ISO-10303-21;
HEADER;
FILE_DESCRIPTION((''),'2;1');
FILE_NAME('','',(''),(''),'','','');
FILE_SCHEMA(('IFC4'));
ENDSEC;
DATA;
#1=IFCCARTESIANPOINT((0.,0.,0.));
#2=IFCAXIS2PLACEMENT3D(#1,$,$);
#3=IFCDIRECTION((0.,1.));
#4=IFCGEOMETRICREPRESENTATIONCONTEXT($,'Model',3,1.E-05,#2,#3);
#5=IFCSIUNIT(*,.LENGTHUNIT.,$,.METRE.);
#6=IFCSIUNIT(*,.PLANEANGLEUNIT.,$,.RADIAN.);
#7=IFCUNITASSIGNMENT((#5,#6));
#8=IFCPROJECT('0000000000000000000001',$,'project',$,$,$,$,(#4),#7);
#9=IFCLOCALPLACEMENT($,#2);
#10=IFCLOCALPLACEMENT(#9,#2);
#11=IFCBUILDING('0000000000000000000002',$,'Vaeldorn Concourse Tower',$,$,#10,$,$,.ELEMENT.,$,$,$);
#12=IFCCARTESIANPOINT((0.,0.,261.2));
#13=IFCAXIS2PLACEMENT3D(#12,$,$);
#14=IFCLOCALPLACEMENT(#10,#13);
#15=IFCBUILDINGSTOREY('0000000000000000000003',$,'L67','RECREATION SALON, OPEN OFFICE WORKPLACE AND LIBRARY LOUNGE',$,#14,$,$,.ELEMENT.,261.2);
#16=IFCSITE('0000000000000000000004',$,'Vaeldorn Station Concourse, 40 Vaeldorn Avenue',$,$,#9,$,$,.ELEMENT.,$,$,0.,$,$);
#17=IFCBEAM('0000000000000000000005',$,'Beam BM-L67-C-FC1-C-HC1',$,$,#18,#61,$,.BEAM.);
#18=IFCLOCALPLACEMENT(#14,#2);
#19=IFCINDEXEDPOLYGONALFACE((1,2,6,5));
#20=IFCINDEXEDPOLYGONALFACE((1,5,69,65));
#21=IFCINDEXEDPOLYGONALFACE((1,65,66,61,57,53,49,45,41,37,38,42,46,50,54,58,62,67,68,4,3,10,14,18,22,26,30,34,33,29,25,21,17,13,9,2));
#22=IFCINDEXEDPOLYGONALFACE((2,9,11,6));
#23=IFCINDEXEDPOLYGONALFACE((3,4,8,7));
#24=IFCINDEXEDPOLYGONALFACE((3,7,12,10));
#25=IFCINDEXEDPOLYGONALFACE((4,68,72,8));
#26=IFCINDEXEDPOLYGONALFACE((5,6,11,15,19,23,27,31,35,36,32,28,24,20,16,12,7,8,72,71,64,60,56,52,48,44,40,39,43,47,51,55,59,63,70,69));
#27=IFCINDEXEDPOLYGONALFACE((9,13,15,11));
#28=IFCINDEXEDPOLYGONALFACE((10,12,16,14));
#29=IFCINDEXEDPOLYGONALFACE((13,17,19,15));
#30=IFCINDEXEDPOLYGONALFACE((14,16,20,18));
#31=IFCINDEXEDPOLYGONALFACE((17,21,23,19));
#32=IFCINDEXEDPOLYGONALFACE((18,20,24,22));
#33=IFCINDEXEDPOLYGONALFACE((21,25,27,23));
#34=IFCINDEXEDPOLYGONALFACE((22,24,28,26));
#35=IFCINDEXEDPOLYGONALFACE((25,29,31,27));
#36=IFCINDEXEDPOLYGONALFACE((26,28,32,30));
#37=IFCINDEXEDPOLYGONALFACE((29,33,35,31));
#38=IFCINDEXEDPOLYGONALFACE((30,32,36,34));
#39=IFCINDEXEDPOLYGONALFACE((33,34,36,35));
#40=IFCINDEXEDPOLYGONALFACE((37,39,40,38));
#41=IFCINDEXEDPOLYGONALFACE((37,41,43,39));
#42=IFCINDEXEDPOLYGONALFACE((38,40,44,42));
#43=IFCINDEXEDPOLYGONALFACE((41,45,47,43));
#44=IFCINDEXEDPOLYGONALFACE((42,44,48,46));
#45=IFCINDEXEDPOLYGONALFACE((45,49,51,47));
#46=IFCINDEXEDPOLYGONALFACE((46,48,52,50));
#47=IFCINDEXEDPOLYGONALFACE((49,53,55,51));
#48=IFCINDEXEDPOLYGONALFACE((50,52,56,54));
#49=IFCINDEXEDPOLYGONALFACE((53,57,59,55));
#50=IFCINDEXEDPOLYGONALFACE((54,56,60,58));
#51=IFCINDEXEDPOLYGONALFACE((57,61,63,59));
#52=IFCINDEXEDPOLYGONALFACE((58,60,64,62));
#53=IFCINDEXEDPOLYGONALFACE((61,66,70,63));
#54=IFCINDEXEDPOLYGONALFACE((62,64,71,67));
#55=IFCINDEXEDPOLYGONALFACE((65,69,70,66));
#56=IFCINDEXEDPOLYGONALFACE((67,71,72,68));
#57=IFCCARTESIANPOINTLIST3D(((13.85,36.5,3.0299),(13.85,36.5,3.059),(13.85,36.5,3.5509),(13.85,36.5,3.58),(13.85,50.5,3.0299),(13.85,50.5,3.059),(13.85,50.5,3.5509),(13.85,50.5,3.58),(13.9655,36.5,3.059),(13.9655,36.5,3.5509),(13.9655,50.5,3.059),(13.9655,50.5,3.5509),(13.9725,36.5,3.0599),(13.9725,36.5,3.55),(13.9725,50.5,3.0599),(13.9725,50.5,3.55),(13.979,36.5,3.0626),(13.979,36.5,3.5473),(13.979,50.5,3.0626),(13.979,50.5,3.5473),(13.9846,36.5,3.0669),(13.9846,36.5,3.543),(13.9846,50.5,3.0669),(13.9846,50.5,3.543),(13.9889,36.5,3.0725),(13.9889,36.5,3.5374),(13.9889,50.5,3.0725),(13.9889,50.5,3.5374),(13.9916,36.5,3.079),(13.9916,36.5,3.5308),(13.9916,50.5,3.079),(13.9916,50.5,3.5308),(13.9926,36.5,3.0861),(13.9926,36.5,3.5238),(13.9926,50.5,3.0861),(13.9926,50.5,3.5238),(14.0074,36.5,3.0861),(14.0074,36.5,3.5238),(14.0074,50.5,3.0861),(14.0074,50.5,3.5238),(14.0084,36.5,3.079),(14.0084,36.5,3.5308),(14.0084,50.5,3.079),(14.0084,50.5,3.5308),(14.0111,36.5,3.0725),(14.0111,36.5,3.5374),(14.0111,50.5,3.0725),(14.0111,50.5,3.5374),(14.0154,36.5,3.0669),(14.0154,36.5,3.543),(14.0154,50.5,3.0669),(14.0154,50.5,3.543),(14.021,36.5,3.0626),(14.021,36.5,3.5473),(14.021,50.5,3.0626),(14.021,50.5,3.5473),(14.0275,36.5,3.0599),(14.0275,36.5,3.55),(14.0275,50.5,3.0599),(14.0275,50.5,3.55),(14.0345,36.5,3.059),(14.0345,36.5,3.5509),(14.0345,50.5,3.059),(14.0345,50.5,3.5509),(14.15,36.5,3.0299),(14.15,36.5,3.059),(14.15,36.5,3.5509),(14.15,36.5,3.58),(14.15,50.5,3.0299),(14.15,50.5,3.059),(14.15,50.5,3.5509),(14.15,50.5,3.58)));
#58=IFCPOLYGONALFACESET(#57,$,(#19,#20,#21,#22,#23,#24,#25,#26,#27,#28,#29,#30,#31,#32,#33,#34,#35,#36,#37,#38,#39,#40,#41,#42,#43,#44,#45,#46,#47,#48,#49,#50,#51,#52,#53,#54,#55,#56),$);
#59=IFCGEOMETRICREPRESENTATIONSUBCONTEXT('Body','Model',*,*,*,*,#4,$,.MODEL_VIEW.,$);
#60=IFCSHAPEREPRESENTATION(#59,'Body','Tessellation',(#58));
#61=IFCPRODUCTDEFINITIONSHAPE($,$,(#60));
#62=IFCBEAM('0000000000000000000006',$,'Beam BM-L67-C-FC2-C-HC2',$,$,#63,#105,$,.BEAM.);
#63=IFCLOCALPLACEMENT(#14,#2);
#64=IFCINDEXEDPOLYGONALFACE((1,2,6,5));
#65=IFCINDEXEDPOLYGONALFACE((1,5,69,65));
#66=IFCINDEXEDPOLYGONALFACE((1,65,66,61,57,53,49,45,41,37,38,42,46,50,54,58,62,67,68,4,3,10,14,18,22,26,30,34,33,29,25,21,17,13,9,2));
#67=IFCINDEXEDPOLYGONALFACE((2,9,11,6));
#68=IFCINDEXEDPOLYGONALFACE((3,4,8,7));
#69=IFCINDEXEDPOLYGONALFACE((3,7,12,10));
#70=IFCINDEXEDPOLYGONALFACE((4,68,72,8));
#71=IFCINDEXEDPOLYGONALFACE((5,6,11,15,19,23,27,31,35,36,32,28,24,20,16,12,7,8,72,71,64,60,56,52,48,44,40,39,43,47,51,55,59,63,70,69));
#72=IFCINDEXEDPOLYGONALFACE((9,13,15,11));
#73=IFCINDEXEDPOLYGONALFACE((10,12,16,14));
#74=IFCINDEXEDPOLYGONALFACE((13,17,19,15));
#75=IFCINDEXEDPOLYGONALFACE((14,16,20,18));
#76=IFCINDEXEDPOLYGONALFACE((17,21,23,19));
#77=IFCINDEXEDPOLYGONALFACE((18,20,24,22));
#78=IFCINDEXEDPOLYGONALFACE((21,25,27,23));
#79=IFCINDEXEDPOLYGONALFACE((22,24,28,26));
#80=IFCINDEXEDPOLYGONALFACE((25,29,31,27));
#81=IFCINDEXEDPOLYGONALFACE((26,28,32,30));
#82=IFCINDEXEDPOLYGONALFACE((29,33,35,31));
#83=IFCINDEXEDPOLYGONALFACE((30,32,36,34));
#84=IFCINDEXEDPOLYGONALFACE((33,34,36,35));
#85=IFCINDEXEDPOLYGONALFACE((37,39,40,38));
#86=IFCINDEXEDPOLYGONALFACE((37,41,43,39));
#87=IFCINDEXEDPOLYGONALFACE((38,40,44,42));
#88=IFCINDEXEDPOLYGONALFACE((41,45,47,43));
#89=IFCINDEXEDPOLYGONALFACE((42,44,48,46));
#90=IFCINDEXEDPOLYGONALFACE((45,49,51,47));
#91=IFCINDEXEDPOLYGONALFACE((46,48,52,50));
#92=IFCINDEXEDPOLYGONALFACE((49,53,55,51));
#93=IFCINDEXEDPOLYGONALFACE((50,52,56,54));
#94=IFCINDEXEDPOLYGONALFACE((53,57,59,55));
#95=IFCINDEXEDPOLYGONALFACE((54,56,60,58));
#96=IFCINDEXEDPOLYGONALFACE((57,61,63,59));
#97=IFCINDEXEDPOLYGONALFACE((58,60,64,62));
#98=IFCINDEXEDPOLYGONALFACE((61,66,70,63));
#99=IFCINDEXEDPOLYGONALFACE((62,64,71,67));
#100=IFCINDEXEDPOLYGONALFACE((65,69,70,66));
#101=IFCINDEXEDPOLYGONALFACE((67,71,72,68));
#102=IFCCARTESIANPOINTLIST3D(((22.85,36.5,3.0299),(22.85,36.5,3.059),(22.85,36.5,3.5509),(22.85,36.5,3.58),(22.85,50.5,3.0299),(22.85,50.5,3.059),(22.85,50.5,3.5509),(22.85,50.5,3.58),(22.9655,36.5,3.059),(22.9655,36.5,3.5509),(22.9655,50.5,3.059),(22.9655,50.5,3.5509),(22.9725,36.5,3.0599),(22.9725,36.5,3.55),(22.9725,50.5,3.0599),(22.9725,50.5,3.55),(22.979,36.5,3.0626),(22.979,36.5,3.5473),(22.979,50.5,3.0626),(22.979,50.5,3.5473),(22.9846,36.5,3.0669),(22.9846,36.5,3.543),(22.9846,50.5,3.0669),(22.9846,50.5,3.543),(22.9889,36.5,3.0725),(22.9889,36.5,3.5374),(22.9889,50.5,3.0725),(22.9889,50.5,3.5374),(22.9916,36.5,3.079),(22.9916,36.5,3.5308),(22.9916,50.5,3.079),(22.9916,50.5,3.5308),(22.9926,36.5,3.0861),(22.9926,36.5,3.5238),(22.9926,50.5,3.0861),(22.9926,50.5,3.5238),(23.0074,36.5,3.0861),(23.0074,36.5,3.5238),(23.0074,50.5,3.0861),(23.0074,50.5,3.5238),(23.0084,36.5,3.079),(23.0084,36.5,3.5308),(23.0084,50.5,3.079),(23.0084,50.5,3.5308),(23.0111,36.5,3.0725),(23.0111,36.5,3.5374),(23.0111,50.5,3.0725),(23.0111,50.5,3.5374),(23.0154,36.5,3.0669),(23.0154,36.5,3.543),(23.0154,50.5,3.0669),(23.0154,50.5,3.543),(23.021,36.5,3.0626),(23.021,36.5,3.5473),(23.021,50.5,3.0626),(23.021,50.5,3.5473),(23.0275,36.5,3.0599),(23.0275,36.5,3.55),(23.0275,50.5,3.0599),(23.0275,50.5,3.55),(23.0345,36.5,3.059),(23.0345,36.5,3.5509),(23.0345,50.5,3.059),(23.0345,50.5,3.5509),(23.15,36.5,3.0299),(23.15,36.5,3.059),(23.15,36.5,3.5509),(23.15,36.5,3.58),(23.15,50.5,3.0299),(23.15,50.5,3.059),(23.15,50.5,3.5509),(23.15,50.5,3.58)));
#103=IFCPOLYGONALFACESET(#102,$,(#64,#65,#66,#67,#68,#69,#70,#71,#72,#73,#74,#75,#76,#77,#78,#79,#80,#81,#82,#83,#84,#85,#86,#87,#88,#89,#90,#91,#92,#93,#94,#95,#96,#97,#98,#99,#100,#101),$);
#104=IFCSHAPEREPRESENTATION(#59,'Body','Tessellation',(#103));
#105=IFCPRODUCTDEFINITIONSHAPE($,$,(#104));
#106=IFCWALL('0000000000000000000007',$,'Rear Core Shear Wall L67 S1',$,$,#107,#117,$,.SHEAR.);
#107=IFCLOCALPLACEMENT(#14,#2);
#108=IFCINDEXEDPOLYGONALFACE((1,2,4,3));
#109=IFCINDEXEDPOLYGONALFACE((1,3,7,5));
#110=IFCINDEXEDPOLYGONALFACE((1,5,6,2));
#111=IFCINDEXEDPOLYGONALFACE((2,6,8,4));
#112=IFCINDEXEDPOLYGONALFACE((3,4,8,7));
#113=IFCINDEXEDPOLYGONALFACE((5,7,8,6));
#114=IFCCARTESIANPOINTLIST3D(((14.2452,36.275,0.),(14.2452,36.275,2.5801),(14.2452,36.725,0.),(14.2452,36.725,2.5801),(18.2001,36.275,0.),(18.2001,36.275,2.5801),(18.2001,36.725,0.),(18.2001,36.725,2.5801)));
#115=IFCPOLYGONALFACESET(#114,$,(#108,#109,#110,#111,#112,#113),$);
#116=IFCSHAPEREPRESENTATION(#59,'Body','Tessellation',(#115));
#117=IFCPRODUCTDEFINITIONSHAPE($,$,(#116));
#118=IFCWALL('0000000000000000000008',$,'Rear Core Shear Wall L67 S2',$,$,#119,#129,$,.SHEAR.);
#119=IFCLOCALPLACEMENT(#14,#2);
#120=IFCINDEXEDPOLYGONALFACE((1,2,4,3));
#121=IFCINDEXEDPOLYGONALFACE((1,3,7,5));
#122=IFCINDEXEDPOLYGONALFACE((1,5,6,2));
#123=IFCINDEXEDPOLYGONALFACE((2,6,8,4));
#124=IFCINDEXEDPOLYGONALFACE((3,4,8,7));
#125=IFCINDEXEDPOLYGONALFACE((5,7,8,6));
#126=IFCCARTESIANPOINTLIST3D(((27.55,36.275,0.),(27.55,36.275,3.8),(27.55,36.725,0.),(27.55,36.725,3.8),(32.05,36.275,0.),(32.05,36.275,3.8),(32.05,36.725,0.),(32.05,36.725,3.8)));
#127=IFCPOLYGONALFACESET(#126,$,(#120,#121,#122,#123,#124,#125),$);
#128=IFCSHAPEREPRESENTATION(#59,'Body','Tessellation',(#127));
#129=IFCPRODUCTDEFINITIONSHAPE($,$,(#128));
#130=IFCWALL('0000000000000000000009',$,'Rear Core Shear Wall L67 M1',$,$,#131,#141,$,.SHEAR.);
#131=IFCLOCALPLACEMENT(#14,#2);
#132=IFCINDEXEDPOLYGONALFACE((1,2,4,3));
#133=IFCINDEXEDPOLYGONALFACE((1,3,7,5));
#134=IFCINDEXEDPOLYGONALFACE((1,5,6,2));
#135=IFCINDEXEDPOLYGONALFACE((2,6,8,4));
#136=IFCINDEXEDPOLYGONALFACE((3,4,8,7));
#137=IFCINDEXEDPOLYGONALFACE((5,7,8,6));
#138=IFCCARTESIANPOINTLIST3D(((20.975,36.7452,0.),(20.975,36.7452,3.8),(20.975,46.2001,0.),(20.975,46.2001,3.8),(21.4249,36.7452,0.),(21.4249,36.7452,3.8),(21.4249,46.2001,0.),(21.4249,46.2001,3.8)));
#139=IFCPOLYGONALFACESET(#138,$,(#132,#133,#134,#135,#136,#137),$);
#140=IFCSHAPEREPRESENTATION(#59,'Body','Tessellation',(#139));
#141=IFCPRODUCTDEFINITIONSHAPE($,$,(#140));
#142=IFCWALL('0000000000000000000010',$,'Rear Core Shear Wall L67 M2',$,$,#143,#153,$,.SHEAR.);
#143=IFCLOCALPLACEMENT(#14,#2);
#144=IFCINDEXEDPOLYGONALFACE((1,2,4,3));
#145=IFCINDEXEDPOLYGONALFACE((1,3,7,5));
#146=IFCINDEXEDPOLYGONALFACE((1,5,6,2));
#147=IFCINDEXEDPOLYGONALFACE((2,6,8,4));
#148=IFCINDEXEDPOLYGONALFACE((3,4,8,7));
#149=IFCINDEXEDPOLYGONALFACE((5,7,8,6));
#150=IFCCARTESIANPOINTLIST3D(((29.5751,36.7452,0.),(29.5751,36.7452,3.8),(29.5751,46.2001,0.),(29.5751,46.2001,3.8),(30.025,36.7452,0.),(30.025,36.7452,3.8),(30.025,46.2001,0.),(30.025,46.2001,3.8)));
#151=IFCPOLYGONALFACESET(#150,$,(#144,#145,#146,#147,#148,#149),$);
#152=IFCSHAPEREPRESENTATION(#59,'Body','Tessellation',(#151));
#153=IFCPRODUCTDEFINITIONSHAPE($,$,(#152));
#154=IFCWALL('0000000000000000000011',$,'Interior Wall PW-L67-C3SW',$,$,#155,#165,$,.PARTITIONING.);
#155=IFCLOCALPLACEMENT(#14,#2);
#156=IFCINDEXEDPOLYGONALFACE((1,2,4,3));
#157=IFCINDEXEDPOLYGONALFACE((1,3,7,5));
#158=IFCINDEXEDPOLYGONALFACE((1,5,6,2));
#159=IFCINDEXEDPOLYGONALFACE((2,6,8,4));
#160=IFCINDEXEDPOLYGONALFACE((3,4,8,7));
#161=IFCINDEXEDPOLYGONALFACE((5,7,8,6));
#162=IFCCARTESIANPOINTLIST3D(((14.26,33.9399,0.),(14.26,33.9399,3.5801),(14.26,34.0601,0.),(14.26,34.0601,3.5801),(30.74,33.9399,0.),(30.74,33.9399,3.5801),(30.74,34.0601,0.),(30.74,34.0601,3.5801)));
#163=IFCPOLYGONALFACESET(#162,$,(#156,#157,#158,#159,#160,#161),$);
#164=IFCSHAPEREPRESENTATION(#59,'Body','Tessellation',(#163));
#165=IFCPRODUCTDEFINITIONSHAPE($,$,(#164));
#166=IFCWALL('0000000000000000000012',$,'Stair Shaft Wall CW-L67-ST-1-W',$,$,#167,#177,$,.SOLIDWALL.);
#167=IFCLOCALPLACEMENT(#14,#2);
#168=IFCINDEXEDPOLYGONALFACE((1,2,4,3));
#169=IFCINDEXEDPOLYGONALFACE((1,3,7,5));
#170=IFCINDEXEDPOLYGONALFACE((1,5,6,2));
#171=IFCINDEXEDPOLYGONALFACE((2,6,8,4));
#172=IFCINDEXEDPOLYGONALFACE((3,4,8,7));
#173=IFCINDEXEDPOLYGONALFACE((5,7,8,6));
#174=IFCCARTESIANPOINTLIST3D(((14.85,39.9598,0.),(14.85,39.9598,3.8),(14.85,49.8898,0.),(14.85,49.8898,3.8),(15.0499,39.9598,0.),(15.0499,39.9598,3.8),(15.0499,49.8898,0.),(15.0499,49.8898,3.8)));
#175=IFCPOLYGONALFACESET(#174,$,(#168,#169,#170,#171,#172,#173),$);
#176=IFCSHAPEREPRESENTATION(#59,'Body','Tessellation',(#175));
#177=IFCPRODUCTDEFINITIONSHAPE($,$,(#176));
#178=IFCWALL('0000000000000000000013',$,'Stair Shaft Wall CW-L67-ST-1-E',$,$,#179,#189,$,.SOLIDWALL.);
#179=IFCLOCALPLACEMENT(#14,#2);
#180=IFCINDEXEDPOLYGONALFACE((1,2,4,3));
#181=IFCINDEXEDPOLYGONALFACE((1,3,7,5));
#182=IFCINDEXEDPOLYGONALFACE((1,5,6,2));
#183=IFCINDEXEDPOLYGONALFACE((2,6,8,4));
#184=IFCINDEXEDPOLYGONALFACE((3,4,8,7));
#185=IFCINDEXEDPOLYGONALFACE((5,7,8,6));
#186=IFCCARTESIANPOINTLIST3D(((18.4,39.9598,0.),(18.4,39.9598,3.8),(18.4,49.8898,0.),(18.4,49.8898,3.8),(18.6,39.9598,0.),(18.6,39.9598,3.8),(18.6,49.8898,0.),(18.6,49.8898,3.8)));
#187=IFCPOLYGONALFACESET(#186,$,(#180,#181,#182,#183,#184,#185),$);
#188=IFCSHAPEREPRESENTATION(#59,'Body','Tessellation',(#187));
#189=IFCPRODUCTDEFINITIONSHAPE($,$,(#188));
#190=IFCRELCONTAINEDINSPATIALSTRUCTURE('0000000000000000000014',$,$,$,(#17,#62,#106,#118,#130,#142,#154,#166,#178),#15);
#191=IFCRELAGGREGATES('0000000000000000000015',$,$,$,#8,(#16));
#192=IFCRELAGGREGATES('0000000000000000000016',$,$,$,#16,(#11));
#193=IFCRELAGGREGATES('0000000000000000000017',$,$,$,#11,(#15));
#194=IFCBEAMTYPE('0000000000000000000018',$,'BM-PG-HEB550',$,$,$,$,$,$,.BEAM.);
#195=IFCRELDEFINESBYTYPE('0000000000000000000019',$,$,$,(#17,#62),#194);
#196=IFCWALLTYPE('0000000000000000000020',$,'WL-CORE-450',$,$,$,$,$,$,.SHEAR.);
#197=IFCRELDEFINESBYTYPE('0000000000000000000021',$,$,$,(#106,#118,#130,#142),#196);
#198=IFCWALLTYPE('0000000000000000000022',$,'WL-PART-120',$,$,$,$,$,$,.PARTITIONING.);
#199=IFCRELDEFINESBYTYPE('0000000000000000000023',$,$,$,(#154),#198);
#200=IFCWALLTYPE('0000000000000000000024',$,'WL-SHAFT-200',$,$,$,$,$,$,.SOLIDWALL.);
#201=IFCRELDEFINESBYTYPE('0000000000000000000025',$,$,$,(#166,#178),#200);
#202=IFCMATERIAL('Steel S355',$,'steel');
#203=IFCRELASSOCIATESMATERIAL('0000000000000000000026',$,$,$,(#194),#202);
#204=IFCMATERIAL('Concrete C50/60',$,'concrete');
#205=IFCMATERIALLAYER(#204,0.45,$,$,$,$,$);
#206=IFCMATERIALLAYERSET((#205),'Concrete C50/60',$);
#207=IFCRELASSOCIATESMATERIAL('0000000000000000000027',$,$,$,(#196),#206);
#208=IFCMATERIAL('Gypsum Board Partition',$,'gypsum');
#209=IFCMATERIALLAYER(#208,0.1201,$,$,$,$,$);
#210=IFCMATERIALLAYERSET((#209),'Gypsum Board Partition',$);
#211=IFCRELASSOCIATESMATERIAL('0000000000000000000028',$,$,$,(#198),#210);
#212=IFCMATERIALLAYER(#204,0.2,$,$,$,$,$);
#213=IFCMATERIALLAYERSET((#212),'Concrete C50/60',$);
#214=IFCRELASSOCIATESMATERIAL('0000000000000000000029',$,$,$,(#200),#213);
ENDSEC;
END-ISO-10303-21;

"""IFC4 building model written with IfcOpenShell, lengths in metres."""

from ifc_helpers import new_model, si_unit, direction, frame, frame_2d, origin, origin_2d, place, context, subcontext, project, spatial, rectangle, i_section, extrude, source, transform, mapped, material, layer, layer_set, material_profile, profile_set, type_object, element, save


model = new_model("IFC4")

# Units and contexts
model_context = context("Model", 3, precision=1e-05, world=origin(), true_north=direction((0.0, 1.0)))
body_context = subcontext(model_context, "Body", "Model", "MODEL_VIEW")
ifc_project = project(units=[si_unit("LENGTHUNIT", "METRE"), si_unit("PLANEANGLEUNIT", "RADIAN")], contexts=[model_context])

# Site, building, storey
site_placement = place(None, origin())
site = spatial("IfcSite", under=ifc_project, at=site_placement, Name="Vaeldorn Station Concourse, 40 Vaeldorn Avenue", CompositionType="ELEMENT", RefElevation=0.0)
building_placement = place(site_placement, origin())
building = spatial("IfcBuilding", under=site, at=building_placement, Name="Vaeldorn Concourse Tower", CompositionType="ELEMENT")
storey_placement = place(building_placement, frame((0.0, 0.0, 261.2)))
storey = spatial("IfcBuildingStorey", under=building, at=storey_placement, Name="L67", Description="RECREATION SALON, OPEN OFFICE WORKPLACE AND LIBRARY LOUNGE", CompositionType="ELEMENT", Elevation=261.2)

# Beams
ifc_material_1 = material(Name="Steel S355", Category="steel")
ifc_material_profile_1 = material_profile(ifc_material_1, i_section(OverallWidth=0.3, OverallDepth=0.55, WebThickness=0.0149, FlangeThickness=0.0291, FilletRadius=0.0271, at=origin_2d()), Name="HEB 550")
ifc_profile_set_1 = profile_set([ifc_material_profile_1], Name="Steel S355")
beam_type_1 = type_object("IfcBeamType", Name="BM-PG-HEB550", PredefinedType="BEAM", material=ifc_profile_set_1)
shared_shape_1 = source(origin(), body_context, "Body", "SweptSolid", [
    extrude(i_section(OverallWidth=0.3, OverallDepth=0.55, WebThickness=0.0149, FlangeThickness=0.0291, FilletRadius=0.0271, at=origin_2d()), origin(), (0.0, 0.0, 1.0), 14.0),
])
for number, where, z_axis, x_axis, name in (
    (1, (14.0, 36.5, 3.3049), (0.0, 1.0, 0.0), (-1.0, 0.0, 0.0), "Beam BM-L67-C-FC1-C-HC1"),
    (2, (23.0, 36.5, 3.3049), (0.0, 1.0, 0.0), (-1.0, 0.0, 0.0), "Beam BM-L67-C-FC2-C-HC2"),
):
    element("IfcBeam", number, at=place(storey_placement, frame(where, z_axis=z_axis, x_axis=x_axis)), inside=storey, type_object=beam_type_1, Name=name, PredefinedType="BEAM", context=body_context, shape_type="MappedRepresentation", body=[
        mapped(shared_shape_1, transform((0.0, 0.0, 0.0), scale=1.0)),
    ])

# Walls
ifc_material_2 = material(Name="Concrete C50/60", Category="concrete")
ifc_layer_1 = layer(ifc_material_2, 0.45)
ifc_layer_set_1 = layer_set([ifc_layer_1], Name="Concrete C50/60")
wall_type_1 = type_object("IfcWallType", Name="WL-CORE-450", PredefinedType="SHEAR", material=ifc_layer_set_1)
wall_1_placement = place(storey_placement, frame((14.2451, 36.5, 0.0), z_axis=(0.0, 0.0, 1.0), x_axis=(1.0, 0.0, 0.0)))
element("IfcWall", 3, at=wall_1_placement, inside=storey, type_object=wall_type_1, Name="Rear Core Shear Wall L67 S1", PredefinedType="SHEAR", context=body_context, shape_type="SweptSolid", body=[
    extrude(rectangle(XDim=3.9548, YDim=0.45, at=frame_2d((1.9775, 0.0))), origin(), (0.0, 0.0, 1.0), 2.5801),
])
wall_2_placement = place(storey_placement, frame((27.55, 36.5, 0.0), z_axis=(0.0, 0.0, 1.0), x_axis=(1.0, 0.0, 0.0)))
element("IfcWall", 4, at=wall_2_placement, inside=storey, type_object=wall_type_1, Name="Rear Core Shear Wall L67 S2", PredefinedType="SHEAR", context=body_context, shape_type="SweptSolid", body=[
    extrude(rectangle(XDim=4.5, YDim=0.45, at=frame_2d((2.25, 0.0))), origin(), (0.0, 0.0, 1.0), 3.8),
])
for number, where, z_axis, x_axis, name in (
    (5, (21.2, 36.7451, 0.0), (0.0, 0.0, 1.0), (0.0, 1.0, 0.0), "Rear Core Shear Wall L67 M1"),
    (6, (29.8, 36.7451, 0.0), (0.0, 0.0, 1.0), (0.0, 1.0, 0.0), "Rear Core Shear Wall L67 M2"),
):
    element("IfcWall", number, at=place(storey_placement, frame(where, z_axis=z_axis, x_axis=x_axis)), inside=storey, type_object=wall_type_1, Name=name, PredefinedType="SHEAR", context=body_context, shape_type="SweptSolid", body=[
        extrude(rectangle(XDim=9.4548, YDim=0.45, at=frame_2d((4.7275, 0.0))), origin(), (0.0, 0.0, 1.0), 3.8),
    ])
ifc_material_3 = material(Name="Gypsum Board Partition", Category="gypsum")
ifc_layer_2 = layer(ifc_material_3, 0.1201)
ifc_layer_set_2 = layer_set([ifc_layer_2], Name="Gypsum Board Partition")
wall_type_2 = type_object("IfcWallType", Name="WL-PART-120", PredefinedType="PARTITIONING", material=ifc_layer_set_2)
wall_3_placement = place(storey_placement, frame((14.26, 34.0, 0.0), z_axis=(0.0, 0.0, 1.0), x_axis=(1.0, 0.0, 0.0)))
element("IfcWall", 7, at=wall_3_placement, inside=storey, type_object=wall_type_2, Name="Interior Wall PW-L67-C3SW", PredefinedType="PARTITIONING", context=body_context, shape_type="SweptSolid", body=[
    extrude(rectangle(XDim=16.48, YDim=0.1201, at=frame_2d((8.24, 0.0))), origin(), (0.0, 0.0, 1.0), 3.5801),
])

# Shared definitions
ifc_layer_3 = layer(ifc_material_2, 0.2)
ifc_layer_set_3 = layer_set([ifc_layer_3], Name="Concrete C50/60")
wall_type_3 = type_object("IfcWallType", Name="WL-SHAFT-200", PredefinedType="SOLIDWALL", material=ifc_layer_set_3)

# Walls
for number, where, z_axis, x_axis, name in (
    (8, (14.95, 39.96, 0.0), (0.0, 0.0, 1.0), (0.0, 1.0, 0.0), "Stair Shaft Wall CW-L67-ST-1-W"),
    (9, (18.5, 39.96, 0.0), (0.0, 0.0, 1.0), (0.0, 1.0, 0.0), "Stair Shaft Wall CW-L67-ST-1-E"),
):
    element("IfcWall", number, at=place(storey_placement, frame(where, z_axis=z_axis, x_axis=x_axis)), inside=storey, type_object=wall_type_3, Name=name, PredefinedType="SOLIDWALL", context=body_context, shape_type="SweptSolid", body=[
        extrude(rectangle(XDim=9.9299, YDim=0.2, at=frame_2d((4.9648, 0.0))), origin(), (0.0, 0.0, 1.0), 3.8),
    ])

save(model, "model.ifc")
